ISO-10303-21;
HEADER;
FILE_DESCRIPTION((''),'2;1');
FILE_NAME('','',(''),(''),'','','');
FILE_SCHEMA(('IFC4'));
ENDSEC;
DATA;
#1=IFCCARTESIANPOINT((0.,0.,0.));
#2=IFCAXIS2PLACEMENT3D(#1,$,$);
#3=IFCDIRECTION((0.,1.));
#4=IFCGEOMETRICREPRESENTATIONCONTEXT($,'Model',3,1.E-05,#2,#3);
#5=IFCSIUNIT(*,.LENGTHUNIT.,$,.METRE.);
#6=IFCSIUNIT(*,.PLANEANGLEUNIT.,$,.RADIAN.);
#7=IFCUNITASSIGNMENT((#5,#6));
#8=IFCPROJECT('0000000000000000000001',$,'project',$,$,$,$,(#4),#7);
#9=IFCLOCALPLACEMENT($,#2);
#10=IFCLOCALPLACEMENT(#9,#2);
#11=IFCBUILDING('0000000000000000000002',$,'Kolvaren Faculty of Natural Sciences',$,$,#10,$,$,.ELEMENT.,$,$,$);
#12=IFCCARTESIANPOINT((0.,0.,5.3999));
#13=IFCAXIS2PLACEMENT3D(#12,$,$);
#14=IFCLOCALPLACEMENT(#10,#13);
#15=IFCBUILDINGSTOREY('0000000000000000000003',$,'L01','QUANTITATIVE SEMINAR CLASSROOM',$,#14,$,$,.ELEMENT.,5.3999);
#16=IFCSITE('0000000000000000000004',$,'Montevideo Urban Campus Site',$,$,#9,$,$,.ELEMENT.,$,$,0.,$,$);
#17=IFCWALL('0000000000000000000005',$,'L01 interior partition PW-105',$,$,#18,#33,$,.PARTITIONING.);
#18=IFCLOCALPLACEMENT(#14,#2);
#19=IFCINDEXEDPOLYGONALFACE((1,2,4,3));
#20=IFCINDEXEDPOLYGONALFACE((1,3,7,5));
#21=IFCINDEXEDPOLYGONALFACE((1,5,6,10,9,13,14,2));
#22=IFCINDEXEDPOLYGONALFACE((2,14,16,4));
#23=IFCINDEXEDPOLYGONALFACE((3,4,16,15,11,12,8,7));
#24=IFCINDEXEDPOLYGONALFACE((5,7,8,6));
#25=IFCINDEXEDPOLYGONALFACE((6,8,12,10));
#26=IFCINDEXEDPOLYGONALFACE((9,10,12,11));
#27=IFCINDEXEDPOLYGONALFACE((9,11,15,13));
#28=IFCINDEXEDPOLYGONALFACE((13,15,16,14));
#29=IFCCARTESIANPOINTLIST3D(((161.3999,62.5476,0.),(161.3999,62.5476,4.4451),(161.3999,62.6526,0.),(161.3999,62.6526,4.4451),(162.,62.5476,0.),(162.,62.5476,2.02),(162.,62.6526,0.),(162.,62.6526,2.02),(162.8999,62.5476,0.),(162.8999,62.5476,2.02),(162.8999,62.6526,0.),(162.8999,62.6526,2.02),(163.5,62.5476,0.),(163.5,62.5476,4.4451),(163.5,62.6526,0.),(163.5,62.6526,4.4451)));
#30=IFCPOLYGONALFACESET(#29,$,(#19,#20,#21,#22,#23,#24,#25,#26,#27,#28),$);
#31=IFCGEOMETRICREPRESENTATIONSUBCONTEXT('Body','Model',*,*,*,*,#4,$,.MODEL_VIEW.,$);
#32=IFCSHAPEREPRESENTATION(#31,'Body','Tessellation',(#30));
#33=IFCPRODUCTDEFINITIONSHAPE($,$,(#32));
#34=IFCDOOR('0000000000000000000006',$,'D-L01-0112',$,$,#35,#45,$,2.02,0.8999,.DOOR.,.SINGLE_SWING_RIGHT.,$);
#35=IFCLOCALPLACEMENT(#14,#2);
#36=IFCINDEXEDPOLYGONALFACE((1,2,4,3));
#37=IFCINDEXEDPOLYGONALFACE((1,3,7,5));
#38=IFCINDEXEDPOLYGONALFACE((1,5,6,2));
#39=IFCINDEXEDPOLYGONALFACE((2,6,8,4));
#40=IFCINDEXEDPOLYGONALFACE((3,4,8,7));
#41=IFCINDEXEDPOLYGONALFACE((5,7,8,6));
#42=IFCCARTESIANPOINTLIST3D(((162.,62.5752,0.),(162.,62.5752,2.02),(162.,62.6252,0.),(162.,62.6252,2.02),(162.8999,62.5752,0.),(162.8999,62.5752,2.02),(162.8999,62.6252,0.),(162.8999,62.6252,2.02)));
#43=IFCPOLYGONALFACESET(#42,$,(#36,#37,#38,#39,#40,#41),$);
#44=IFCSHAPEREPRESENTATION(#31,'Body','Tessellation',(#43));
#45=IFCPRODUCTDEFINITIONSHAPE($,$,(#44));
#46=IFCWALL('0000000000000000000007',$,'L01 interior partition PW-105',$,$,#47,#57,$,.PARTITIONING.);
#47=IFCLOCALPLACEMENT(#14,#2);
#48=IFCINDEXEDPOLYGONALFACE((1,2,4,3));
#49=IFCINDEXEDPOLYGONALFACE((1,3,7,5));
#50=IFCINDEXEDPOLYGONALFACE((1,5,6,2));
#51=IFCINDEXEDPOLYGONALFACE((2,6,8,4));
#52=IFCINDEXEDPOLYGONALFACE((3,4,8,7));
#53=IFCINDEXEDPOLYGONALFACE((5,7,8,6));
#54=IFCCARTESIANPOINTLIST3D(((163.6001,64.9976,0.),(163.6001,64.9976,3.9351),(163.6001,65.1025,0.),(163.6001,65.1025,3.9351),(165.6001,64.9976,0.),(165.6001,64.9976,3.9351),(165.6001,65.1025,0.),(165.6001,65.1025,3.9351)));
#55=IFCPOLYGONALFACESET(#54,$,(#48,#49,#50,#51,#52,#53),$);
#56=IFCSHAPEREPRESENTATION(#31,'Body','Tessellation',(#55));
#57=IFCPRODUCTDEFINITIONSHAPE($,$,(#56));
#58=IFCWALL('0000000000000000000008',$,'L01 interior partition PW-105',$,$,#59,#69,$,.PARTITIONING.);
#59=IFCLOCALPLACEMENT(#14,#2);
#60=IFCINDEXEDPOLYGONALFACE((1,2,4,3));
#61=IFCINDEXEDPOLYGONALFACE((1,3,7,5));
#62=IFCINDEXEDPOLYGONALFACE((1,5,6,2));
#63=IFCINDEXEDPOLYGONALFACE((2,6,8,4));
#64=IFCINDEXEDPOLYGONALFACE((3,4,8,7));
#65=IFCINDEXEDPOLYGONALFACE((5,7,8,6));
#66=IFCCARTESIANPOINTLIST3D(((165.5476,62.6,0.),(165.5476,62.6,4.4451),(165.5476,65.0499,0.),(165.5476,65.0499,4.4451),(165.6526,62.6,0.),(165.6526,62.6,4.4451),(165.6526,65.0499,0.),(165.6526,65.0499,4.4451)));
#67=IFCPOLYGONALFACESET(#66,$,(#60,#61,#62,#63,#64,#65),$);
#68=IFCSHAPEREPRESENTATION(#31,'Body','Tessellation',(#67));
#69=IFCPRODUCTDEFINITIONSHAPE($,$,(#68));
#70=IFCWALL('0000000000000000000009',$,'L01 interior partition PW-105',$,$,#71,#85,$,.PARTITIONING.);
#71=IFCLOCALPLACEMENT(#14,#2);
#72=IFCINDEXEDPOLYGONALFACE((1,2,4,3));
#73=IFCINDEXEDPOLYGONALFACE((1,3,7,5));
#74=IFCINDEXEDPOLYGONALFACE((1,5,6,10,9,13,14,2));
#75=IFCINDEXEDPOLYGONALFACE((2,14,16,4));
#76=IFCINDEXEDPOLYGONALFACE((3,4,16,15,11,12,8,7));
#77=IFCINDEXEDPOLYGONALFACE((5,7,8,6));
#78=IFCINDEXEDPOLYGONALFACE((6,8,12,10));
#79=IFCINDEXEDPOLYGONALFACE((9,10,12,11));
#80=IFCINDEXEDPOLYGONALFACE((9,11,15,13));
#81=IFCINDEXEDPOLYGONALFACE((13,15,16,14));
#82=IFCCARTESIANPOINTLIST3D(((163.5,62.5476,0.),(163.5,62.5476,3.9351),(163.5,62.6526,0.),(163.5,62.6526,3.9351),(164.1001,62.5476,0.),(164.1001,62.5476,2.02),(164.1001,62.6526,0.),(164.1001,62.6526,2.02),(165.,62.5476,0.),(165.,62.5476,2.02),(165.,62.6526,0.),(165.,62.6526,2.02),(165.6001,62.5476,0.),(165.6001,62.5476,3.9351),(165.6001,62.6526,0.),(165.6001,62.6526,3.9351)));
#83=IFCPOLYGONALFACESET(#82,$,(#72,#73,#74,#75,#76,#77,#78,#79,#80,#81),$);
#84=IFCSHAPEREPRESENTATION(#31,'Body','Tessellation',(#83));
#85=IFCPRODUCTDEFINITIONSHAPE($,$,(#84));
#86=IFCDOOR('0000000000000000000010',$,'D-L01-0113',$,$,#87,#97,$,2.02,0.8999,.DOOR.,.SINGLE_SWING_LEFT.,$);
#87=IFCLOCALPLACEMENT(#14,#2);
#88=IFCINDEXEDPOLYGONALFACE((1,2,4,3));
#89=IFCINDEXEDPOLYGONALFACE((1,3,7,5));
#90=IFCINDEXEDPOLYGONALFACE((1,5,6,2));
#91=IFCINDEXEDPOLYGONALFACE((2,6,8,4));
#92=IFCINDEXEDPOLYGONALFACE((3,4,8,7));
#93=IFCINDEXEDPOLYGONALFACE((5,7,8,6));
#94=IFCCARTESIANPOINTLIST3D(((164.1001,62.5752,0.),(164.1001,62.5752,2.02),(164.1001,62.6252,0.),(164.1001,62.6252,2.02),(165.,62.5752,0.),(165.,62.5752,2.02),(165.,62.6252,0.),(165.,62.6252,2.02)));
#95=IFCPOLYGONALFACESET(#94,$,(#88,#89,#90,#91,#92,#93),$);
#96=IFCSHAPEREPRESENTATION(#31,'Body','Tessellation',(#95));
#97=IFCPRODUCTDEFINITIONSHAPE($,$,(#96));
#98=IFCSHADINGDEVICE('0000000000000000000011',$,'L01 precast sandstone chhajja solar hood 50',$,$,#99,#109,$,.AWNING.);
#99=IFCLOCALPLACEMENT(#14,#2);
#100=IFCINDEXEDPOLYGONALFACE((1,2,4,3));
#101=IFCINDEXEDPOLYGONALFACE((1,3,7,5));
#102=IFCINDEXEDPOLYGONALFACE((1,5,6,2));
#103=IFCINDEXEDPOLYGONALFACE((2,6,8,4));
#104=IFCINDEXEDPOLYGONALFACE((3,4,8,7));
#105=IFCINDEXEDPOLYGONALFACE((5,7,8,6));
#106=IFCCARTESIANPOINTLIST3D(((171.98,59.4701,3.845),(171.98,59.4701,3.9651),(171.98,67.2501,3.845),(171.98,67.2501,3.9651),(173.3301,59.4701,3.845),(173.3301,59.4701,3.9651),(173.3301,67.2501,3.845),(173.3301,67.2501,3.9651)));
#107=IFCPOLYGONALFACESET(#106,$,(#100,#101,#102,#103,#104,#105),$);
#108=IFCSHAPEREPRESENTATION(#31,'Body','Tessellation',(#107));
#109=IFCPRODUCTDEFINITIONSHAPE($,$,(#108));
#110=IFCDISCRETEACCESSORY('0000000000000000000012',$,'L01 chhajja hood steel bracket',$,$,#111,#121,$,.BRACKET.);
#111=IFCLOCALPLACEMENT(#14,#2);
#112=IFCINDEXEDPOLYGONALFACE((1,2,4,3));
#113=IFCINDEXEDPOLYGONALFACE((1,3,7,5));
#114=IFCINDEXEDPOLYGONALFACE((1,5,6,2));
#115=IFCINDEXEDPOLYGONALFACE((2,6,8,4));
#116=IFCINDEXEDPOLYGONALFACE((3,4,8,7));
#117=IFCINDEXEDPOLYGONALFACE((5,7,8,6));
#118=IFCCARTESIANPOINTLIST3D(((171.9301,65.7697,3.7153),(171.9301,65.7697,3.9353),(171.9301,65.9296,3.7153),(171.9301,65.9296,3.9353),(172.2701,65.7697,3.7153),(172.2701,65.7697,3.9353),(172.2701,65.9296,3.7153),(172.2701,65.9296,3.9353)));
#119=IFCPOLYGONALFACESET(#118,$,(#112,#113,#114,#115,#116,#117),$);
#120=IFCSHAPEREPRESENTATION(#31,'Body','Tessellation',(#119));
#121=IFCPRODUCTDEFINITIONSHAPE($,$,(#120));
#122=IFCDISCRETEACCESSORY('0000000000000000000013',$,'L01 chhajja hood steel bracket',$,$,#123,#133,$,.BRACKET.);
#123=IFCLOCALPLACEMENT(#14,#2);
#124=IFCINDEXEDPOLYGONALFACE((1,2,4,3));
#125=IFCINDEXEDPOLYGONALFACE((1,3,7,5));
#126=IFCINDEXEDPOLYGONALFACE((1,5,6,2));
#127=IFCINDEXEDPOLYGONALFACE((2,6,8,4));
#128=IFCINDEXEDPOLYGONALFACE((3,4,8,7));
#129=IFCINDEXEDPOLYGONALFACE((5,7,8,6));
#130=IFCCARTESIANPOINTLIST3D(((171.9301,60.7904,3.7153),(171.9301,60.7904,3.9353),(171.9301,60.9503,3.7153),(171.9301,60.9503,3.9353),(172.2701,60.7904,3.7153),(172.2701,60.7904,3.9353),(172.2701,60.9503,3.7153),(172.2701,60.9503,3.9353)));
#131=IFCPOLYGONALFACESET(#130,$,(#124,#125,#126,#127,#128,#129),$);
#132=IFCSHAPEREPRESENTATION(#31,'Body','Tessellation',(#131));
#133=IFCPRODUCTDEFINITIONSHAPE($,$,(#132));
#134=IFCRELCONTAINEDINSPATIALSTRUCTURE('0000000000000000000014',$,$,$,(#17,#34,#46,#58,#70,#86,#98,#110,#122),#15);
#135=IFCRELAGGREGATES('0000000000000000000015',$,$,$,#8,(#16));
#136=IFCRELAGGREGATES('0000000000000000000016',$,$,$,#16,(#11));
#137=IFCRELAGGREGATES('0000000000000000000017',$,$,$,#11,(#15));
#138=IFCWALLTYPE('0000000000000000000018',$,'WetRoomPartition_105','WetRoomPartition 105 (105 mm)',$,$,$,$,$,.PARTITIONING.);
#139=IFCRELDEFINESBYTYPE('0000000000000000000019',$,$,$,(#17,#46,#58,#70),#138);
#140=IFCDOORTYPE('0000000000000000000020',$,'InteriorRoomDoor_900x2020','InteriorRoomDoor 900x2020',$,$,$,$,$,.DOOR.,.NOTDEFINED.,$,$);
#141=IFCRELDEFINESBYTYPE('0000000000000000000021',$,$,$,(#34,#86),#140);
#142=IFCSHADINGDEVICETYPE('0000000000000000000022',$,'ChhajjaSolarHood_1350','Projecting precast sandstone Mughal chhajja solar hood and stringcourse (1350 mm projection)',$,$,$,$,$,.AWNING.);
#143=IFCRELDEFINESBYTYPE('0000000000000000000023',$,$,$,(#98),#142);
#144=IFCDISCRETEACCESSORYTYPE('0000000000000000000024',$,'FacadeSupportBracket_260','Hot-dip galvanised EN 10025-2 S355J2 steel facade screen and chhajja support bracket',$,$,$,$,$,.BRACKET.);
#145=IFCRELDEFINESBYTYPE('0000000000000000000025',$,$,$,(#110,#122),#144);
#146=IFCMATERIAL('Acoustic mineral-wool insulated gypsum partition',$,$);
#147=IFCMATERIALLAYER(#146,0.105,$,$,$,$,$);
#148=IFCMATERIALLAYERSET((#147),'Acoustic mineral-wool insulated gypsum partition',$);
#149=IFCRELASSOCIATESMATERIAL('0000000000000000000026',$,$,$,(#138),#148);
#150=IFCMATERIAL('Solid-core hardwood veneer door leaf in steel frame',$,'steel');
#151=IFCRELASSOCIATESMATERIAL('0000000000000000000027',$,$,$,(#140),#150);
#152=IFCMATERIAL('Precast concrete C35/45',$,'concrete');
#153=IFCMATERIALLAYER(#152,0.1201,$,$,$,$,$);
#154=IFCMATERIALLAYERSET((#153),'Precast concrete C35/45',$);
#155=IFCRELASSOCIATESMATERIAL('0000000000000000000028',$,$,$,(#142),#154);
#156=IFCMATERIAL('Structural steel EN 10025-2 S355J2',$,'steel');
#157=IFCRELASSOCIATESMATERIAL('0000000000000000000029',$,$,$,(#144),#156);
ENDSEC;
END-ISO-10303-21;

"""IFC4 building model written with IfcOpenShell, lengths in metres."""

from ifc_helpers import new_model, si_unit, direction, frame, frame_2d, origin, origin_2d, place, context, subcontext, project, spatial, rectangle, extrude, material, layer, layer_set, type_object, element, fill, save


model = new_model("IFC4")

# Units and contexts
model_context = context("Model", 3, precision=1e-05, world=origin(), true_north=direction((0.0, 1.0)))
body_context = subcontext(model_context, "Body", "Model", "MODEL_VIEW")
ifc_project = project(units=[si_unit("LENGTHUNIT", "METRE"), si_unit("PLANEANGLEUNIT", "RADIAN")], contexts=[model_context])

# Site, building, storey
site_placement = place(None, origin())
site = spatial("IfcSite", under=ifc_project, at=site_placement, Name="Montevideo Urban Campus Site", CompositionType="ELEMENT", RefElevation=0.0)
building_placement = place(site_placement, origin())
building = spatial("IfcBuilding", under=site, at=building_placement, Name="Kolvaren Faculty of Natural Sciences", CompositionType="ELEMENT")
storey_placement = place(building_placement, frame((0.0, 0.0, 5.3999)))
storey = spatial("IfcBuildingStorey", under=building, at=storey_placement, Name="L01", Description="QUANTITATIVE SEMINAR CLASSROOM", CompositionType="ELEMENT", Elevation=5.3999)

# Shared definitions
ifc_material_1 = material(Name="Acoustic mineral-wool insulated gypsum partition")
ifc_material_2 = material(Name="Solid-core hardwood veneer door leaf in steel frame", Category="steel")

# Shared definitions
ifc_material_3 = material(Name="Precast concrete C35/45", Category="concrete")
ifc_layer_1 = layer(ifc_material_1, 0.105)
ifc_layer_set_1 = layer_set([ifc_layer_1], Name="Acoustic mineral-wool insulated gypsum partition")
wall_type_1 = type_object("IfcWallType", Name="WetRoomPartition_105", Description="WetRoomPartition 105 (105 mm)", PredefinedType="PARTITIONING", material=ifc_layer_set_1)

# Shared definitions
door_type_1 = type_object("IfcDoorType", Name="InteriorRoomDoor_900x2020", Description="InteriorRoomDoor 900x2020", OperationType="NOTDEFINED", PredefinedType="DOOR", material=ifc_material_2)

# Wall, opening, door
wall_1_placement = place(storey_placement, frame((163.5, 62.6001, 0.0), z_axis=(0.0, 0.0, 1.0), x_axis=(-1.0, 0.0, 0.0)))
wall_1 = element("IfcWall", 1, at=wall_1_placement, inside=storey, type_object=wall_type_1, Name="L01 interior partition PW-105", PredefinedType="PARTITIONING", context=body_context, shape_type="SweptSolid", body=[
    extrude(rectangle(XDim=2.1001, YDim=0.105, at=frame_2d((1.05, 0.0))), origin(), (0.0, 0.0, 1.0), 4.4451),
])
opening_1_placement = place(wall_1_placement, frame((0.6001, 0.0, 0.0)))
opening_1 = element("IfcOpeningElement", 2, at=opening_1_placement, cuts=wall_1, PredefinedType="OPENING", context=body_context, shape_type="SweptSolid", body=[
    extrude(rectangle(XDim=0.8999, YDim=2.02, at=frame_2d((0.45, 1.01))), frame((0.0, 0.0625, 0.0), z_axis=(0.0, -1.0, 0.0), x_axis=(1.0, 0.0, 0.0)), (0.0, 0.0, 1.0), 0.125),
])
door_1_placement = place(opening_1_placement, origin())
door_1 = element("IfcDoor", 3, at=door_1_placement, inside=storey, type_object=door_type_1, Name="D-L01-0112", OperationType="SINGLE_SWING_RIGHT", OverallHeight=2.02, OverallWidth=0.8999, PredefinedType="DOOR", context=body_context, shape_type="SweptSolid", body=[
    extrude(rectangle(XDim=0.8999, YDim=2.02, at=frame_2d((0.45, 1.01))), frame((0.0, 0.0249, 0.0), z_axis=(0.0, -1.0, 0.0), x_axis=(1.0, 0.0, 0.0)), (0.0, 0.0, 1.0), 0.05),
])
fill(opening_1, door_1)

# Walls
wall_2_placement = place(storey_placement, frame((163.6001, 65.05, 0.0), z_axis=(0.0, 0.0, 1.0), x_axis=(1.0, 0.0, 0.0)))
element("IfcWall", 4, at=wall_2_placement, inside=storey, type_object=wall_type_1, Name="L01 interior partition PW-105", PredefinedType="PARTITIONING", context=body_context, shape_type="SweptSolid", body=[
    extrude(rectangle(XDim=2.0, YDim=0.105, at=frame_2d((1.0, 0.0))), origin(), (0.0, 0.0, 1.0), 3.9351),
])
wall_3_placement = place(storey_placement, frame((165.6001, 65.05, 0.0), z_axis=(0.0, 0.0, 1.0), x_axis=(0.0, -1.0, 0.0)))
element("IfcWall", 5, at=wall_3_placement, inside=storey, type_object=wall_type_1, Name="L01 interior partition PW-105", PredefinedType="PARTITIONING", context=body_context, shape_type="SweptSolid", body=[
    extrude(rectangle(XDim=2.45, YDim=0.105, at=frame_2d((1.2251, 0.0))), origin(), (0.0, 0.0, 1.0), 4.4451),
])

# Wall, opening, door
wall_4_placement = place(storey_placement, frame((165.6001, 62.6001, 0.0), z_axis=(0.0, 0.0, 1.0), x_axis=(-1.0, 0.0, 0.0)))
wall_4 = element("IfcWall", 6, at=wall_4_placement, inside=storey, type_object=wall_type_1, Name="L01 interior partition PW-105", PredefinedType="PARTITIONING", context=body_context, shape_type="SweptSolid", body=[
    extrude(rectangle(XDim=2.1001, YDim=0.105, at=frame_2d((1.05, 0.0))), origin(), (0.0, 0.0, 1.0), 3.9351),
])
opening_2_placement = place(wall_4_placement, frame((0.6001, 0.0, 0.0)))
opening_2 = element("IfcOpeningElement", 7, at=opening_2_placement, cuts=wall_4, PredefinedType="OPENING", context=body_context, shape_type="SweptSolid", body=[
    extrude(rectangle(XDim=0.8999, YDim=2.02, at=frame_2d((0.45, 1.01))), frame((0.0, 0.0625, 0.0), z_axis=(0.0, -1.0, 0.0), x_axis=(1.0, 0.0, 0.0)), (0.0, 0.0, 1.0), 0.125),
])
door_2_placement = place(opening_2_placement, origin())
door_2 = element("IfcDoor", 8, at=door_2_placement, inside=storey, type_object=door_type_1, Name="D-L01-0113", OperationType="SINGLE_SWING_LEFT", OverallHeight=2.02, OverallWidth=0.8999, PredefinedType="DOOR", context=body_context, shape_type="SweptSolid", body=[
    extrude(rectangle(XDim=0.8999, YDim=2.02, at=frame_2d((0.45, 1.01))), frame((0.0, 0.0249, 0.0), z_axis=(0.0, -1.0, 0.0), x_axis=(1.0, 0.0, 0.0)), (0.0, 0.0, 1.0), 0.05),
])
fill(opening_2, door_2)

# Shading device
ifc_layer_2 = layer(ifc_material_3, 0.1201)
ifc_layer_set_2 = layer_set([ifc_layer_2], Name="Precast concrete C35/45")
shading_device_type = type_object("IfcShadingDeviceType", Name="ChhajjaSolarHood_1350", Description="Projecting precast sandstone Mughal chhajja solar hood and stringcourse (1350 mm projection)", PredefinedType="AWNING", material=ifc_layer_set_2)
shading_device_placement = place(storey_placement, frame((172.655, 63.3601, 3.845), z_axis=(0.0, 0.0, 1.0), x_axis=(0.0, -1.0, 0.0)))
element("IfcShadingDevice", 9, at=shading_device_placement, inside=storey, type_object=shading_device_type, Name="L01 precast sandstone chhajja solar hood 50", PredefinedType="AWNING", context=body_context, shape_type="SweptSolid", body=[
    extrude(rectangle(XDim=7.78, YDim=1.3501, at=origin_2d()), origin(), (0.0, 0.0, 1.0), 0.1201),
])

# Discrete accessories
ifc_material_4 = material(Name="Structural steel EN 10025-2 S355J2", Category="steel")
discrete_accessory_type = type_object("IfcDiscreteAccessoryType", Name="FacadeSupportBracket_260", Description="Hot-dip galvanised EN 10025-2 S355J2 steel facade screen and chhajja support bracket", PredefinedType="BRACKET", material=ifc_material_4)
for number, where, z_axis, x_axis, name in (
    (10, (172.1001, 65.8496, 3.7153), (0.0, 0.0, 1.0), (0.0, -1.0, 0.0), "L01 chhajja hood steel bracket"),
    (11, (172.1001, 60.8704, 3.7153), (0.0, 0.0, 1.0), (0.0, -1.0, 0.0), "L01 chhajja hood steel bracket"),
):
    element("IfcDiscreteAccessory", number, at=place(storey_placement, frame(where, z_axis=z_axis, x_axis=x_axis)), inside=storey, type_object=discrete_accessory_type, Name=name, PredefinedType="BRACKET", context=body_context, shape_type="SweptSolid", body=[
        extrude(rectangle(XDim=0.1599, YDim=0.3401, at=origin_2d()), origin(), (0.0, 0.0, 1.0), 0.22),
    ])

save(model, "model.ifc")
